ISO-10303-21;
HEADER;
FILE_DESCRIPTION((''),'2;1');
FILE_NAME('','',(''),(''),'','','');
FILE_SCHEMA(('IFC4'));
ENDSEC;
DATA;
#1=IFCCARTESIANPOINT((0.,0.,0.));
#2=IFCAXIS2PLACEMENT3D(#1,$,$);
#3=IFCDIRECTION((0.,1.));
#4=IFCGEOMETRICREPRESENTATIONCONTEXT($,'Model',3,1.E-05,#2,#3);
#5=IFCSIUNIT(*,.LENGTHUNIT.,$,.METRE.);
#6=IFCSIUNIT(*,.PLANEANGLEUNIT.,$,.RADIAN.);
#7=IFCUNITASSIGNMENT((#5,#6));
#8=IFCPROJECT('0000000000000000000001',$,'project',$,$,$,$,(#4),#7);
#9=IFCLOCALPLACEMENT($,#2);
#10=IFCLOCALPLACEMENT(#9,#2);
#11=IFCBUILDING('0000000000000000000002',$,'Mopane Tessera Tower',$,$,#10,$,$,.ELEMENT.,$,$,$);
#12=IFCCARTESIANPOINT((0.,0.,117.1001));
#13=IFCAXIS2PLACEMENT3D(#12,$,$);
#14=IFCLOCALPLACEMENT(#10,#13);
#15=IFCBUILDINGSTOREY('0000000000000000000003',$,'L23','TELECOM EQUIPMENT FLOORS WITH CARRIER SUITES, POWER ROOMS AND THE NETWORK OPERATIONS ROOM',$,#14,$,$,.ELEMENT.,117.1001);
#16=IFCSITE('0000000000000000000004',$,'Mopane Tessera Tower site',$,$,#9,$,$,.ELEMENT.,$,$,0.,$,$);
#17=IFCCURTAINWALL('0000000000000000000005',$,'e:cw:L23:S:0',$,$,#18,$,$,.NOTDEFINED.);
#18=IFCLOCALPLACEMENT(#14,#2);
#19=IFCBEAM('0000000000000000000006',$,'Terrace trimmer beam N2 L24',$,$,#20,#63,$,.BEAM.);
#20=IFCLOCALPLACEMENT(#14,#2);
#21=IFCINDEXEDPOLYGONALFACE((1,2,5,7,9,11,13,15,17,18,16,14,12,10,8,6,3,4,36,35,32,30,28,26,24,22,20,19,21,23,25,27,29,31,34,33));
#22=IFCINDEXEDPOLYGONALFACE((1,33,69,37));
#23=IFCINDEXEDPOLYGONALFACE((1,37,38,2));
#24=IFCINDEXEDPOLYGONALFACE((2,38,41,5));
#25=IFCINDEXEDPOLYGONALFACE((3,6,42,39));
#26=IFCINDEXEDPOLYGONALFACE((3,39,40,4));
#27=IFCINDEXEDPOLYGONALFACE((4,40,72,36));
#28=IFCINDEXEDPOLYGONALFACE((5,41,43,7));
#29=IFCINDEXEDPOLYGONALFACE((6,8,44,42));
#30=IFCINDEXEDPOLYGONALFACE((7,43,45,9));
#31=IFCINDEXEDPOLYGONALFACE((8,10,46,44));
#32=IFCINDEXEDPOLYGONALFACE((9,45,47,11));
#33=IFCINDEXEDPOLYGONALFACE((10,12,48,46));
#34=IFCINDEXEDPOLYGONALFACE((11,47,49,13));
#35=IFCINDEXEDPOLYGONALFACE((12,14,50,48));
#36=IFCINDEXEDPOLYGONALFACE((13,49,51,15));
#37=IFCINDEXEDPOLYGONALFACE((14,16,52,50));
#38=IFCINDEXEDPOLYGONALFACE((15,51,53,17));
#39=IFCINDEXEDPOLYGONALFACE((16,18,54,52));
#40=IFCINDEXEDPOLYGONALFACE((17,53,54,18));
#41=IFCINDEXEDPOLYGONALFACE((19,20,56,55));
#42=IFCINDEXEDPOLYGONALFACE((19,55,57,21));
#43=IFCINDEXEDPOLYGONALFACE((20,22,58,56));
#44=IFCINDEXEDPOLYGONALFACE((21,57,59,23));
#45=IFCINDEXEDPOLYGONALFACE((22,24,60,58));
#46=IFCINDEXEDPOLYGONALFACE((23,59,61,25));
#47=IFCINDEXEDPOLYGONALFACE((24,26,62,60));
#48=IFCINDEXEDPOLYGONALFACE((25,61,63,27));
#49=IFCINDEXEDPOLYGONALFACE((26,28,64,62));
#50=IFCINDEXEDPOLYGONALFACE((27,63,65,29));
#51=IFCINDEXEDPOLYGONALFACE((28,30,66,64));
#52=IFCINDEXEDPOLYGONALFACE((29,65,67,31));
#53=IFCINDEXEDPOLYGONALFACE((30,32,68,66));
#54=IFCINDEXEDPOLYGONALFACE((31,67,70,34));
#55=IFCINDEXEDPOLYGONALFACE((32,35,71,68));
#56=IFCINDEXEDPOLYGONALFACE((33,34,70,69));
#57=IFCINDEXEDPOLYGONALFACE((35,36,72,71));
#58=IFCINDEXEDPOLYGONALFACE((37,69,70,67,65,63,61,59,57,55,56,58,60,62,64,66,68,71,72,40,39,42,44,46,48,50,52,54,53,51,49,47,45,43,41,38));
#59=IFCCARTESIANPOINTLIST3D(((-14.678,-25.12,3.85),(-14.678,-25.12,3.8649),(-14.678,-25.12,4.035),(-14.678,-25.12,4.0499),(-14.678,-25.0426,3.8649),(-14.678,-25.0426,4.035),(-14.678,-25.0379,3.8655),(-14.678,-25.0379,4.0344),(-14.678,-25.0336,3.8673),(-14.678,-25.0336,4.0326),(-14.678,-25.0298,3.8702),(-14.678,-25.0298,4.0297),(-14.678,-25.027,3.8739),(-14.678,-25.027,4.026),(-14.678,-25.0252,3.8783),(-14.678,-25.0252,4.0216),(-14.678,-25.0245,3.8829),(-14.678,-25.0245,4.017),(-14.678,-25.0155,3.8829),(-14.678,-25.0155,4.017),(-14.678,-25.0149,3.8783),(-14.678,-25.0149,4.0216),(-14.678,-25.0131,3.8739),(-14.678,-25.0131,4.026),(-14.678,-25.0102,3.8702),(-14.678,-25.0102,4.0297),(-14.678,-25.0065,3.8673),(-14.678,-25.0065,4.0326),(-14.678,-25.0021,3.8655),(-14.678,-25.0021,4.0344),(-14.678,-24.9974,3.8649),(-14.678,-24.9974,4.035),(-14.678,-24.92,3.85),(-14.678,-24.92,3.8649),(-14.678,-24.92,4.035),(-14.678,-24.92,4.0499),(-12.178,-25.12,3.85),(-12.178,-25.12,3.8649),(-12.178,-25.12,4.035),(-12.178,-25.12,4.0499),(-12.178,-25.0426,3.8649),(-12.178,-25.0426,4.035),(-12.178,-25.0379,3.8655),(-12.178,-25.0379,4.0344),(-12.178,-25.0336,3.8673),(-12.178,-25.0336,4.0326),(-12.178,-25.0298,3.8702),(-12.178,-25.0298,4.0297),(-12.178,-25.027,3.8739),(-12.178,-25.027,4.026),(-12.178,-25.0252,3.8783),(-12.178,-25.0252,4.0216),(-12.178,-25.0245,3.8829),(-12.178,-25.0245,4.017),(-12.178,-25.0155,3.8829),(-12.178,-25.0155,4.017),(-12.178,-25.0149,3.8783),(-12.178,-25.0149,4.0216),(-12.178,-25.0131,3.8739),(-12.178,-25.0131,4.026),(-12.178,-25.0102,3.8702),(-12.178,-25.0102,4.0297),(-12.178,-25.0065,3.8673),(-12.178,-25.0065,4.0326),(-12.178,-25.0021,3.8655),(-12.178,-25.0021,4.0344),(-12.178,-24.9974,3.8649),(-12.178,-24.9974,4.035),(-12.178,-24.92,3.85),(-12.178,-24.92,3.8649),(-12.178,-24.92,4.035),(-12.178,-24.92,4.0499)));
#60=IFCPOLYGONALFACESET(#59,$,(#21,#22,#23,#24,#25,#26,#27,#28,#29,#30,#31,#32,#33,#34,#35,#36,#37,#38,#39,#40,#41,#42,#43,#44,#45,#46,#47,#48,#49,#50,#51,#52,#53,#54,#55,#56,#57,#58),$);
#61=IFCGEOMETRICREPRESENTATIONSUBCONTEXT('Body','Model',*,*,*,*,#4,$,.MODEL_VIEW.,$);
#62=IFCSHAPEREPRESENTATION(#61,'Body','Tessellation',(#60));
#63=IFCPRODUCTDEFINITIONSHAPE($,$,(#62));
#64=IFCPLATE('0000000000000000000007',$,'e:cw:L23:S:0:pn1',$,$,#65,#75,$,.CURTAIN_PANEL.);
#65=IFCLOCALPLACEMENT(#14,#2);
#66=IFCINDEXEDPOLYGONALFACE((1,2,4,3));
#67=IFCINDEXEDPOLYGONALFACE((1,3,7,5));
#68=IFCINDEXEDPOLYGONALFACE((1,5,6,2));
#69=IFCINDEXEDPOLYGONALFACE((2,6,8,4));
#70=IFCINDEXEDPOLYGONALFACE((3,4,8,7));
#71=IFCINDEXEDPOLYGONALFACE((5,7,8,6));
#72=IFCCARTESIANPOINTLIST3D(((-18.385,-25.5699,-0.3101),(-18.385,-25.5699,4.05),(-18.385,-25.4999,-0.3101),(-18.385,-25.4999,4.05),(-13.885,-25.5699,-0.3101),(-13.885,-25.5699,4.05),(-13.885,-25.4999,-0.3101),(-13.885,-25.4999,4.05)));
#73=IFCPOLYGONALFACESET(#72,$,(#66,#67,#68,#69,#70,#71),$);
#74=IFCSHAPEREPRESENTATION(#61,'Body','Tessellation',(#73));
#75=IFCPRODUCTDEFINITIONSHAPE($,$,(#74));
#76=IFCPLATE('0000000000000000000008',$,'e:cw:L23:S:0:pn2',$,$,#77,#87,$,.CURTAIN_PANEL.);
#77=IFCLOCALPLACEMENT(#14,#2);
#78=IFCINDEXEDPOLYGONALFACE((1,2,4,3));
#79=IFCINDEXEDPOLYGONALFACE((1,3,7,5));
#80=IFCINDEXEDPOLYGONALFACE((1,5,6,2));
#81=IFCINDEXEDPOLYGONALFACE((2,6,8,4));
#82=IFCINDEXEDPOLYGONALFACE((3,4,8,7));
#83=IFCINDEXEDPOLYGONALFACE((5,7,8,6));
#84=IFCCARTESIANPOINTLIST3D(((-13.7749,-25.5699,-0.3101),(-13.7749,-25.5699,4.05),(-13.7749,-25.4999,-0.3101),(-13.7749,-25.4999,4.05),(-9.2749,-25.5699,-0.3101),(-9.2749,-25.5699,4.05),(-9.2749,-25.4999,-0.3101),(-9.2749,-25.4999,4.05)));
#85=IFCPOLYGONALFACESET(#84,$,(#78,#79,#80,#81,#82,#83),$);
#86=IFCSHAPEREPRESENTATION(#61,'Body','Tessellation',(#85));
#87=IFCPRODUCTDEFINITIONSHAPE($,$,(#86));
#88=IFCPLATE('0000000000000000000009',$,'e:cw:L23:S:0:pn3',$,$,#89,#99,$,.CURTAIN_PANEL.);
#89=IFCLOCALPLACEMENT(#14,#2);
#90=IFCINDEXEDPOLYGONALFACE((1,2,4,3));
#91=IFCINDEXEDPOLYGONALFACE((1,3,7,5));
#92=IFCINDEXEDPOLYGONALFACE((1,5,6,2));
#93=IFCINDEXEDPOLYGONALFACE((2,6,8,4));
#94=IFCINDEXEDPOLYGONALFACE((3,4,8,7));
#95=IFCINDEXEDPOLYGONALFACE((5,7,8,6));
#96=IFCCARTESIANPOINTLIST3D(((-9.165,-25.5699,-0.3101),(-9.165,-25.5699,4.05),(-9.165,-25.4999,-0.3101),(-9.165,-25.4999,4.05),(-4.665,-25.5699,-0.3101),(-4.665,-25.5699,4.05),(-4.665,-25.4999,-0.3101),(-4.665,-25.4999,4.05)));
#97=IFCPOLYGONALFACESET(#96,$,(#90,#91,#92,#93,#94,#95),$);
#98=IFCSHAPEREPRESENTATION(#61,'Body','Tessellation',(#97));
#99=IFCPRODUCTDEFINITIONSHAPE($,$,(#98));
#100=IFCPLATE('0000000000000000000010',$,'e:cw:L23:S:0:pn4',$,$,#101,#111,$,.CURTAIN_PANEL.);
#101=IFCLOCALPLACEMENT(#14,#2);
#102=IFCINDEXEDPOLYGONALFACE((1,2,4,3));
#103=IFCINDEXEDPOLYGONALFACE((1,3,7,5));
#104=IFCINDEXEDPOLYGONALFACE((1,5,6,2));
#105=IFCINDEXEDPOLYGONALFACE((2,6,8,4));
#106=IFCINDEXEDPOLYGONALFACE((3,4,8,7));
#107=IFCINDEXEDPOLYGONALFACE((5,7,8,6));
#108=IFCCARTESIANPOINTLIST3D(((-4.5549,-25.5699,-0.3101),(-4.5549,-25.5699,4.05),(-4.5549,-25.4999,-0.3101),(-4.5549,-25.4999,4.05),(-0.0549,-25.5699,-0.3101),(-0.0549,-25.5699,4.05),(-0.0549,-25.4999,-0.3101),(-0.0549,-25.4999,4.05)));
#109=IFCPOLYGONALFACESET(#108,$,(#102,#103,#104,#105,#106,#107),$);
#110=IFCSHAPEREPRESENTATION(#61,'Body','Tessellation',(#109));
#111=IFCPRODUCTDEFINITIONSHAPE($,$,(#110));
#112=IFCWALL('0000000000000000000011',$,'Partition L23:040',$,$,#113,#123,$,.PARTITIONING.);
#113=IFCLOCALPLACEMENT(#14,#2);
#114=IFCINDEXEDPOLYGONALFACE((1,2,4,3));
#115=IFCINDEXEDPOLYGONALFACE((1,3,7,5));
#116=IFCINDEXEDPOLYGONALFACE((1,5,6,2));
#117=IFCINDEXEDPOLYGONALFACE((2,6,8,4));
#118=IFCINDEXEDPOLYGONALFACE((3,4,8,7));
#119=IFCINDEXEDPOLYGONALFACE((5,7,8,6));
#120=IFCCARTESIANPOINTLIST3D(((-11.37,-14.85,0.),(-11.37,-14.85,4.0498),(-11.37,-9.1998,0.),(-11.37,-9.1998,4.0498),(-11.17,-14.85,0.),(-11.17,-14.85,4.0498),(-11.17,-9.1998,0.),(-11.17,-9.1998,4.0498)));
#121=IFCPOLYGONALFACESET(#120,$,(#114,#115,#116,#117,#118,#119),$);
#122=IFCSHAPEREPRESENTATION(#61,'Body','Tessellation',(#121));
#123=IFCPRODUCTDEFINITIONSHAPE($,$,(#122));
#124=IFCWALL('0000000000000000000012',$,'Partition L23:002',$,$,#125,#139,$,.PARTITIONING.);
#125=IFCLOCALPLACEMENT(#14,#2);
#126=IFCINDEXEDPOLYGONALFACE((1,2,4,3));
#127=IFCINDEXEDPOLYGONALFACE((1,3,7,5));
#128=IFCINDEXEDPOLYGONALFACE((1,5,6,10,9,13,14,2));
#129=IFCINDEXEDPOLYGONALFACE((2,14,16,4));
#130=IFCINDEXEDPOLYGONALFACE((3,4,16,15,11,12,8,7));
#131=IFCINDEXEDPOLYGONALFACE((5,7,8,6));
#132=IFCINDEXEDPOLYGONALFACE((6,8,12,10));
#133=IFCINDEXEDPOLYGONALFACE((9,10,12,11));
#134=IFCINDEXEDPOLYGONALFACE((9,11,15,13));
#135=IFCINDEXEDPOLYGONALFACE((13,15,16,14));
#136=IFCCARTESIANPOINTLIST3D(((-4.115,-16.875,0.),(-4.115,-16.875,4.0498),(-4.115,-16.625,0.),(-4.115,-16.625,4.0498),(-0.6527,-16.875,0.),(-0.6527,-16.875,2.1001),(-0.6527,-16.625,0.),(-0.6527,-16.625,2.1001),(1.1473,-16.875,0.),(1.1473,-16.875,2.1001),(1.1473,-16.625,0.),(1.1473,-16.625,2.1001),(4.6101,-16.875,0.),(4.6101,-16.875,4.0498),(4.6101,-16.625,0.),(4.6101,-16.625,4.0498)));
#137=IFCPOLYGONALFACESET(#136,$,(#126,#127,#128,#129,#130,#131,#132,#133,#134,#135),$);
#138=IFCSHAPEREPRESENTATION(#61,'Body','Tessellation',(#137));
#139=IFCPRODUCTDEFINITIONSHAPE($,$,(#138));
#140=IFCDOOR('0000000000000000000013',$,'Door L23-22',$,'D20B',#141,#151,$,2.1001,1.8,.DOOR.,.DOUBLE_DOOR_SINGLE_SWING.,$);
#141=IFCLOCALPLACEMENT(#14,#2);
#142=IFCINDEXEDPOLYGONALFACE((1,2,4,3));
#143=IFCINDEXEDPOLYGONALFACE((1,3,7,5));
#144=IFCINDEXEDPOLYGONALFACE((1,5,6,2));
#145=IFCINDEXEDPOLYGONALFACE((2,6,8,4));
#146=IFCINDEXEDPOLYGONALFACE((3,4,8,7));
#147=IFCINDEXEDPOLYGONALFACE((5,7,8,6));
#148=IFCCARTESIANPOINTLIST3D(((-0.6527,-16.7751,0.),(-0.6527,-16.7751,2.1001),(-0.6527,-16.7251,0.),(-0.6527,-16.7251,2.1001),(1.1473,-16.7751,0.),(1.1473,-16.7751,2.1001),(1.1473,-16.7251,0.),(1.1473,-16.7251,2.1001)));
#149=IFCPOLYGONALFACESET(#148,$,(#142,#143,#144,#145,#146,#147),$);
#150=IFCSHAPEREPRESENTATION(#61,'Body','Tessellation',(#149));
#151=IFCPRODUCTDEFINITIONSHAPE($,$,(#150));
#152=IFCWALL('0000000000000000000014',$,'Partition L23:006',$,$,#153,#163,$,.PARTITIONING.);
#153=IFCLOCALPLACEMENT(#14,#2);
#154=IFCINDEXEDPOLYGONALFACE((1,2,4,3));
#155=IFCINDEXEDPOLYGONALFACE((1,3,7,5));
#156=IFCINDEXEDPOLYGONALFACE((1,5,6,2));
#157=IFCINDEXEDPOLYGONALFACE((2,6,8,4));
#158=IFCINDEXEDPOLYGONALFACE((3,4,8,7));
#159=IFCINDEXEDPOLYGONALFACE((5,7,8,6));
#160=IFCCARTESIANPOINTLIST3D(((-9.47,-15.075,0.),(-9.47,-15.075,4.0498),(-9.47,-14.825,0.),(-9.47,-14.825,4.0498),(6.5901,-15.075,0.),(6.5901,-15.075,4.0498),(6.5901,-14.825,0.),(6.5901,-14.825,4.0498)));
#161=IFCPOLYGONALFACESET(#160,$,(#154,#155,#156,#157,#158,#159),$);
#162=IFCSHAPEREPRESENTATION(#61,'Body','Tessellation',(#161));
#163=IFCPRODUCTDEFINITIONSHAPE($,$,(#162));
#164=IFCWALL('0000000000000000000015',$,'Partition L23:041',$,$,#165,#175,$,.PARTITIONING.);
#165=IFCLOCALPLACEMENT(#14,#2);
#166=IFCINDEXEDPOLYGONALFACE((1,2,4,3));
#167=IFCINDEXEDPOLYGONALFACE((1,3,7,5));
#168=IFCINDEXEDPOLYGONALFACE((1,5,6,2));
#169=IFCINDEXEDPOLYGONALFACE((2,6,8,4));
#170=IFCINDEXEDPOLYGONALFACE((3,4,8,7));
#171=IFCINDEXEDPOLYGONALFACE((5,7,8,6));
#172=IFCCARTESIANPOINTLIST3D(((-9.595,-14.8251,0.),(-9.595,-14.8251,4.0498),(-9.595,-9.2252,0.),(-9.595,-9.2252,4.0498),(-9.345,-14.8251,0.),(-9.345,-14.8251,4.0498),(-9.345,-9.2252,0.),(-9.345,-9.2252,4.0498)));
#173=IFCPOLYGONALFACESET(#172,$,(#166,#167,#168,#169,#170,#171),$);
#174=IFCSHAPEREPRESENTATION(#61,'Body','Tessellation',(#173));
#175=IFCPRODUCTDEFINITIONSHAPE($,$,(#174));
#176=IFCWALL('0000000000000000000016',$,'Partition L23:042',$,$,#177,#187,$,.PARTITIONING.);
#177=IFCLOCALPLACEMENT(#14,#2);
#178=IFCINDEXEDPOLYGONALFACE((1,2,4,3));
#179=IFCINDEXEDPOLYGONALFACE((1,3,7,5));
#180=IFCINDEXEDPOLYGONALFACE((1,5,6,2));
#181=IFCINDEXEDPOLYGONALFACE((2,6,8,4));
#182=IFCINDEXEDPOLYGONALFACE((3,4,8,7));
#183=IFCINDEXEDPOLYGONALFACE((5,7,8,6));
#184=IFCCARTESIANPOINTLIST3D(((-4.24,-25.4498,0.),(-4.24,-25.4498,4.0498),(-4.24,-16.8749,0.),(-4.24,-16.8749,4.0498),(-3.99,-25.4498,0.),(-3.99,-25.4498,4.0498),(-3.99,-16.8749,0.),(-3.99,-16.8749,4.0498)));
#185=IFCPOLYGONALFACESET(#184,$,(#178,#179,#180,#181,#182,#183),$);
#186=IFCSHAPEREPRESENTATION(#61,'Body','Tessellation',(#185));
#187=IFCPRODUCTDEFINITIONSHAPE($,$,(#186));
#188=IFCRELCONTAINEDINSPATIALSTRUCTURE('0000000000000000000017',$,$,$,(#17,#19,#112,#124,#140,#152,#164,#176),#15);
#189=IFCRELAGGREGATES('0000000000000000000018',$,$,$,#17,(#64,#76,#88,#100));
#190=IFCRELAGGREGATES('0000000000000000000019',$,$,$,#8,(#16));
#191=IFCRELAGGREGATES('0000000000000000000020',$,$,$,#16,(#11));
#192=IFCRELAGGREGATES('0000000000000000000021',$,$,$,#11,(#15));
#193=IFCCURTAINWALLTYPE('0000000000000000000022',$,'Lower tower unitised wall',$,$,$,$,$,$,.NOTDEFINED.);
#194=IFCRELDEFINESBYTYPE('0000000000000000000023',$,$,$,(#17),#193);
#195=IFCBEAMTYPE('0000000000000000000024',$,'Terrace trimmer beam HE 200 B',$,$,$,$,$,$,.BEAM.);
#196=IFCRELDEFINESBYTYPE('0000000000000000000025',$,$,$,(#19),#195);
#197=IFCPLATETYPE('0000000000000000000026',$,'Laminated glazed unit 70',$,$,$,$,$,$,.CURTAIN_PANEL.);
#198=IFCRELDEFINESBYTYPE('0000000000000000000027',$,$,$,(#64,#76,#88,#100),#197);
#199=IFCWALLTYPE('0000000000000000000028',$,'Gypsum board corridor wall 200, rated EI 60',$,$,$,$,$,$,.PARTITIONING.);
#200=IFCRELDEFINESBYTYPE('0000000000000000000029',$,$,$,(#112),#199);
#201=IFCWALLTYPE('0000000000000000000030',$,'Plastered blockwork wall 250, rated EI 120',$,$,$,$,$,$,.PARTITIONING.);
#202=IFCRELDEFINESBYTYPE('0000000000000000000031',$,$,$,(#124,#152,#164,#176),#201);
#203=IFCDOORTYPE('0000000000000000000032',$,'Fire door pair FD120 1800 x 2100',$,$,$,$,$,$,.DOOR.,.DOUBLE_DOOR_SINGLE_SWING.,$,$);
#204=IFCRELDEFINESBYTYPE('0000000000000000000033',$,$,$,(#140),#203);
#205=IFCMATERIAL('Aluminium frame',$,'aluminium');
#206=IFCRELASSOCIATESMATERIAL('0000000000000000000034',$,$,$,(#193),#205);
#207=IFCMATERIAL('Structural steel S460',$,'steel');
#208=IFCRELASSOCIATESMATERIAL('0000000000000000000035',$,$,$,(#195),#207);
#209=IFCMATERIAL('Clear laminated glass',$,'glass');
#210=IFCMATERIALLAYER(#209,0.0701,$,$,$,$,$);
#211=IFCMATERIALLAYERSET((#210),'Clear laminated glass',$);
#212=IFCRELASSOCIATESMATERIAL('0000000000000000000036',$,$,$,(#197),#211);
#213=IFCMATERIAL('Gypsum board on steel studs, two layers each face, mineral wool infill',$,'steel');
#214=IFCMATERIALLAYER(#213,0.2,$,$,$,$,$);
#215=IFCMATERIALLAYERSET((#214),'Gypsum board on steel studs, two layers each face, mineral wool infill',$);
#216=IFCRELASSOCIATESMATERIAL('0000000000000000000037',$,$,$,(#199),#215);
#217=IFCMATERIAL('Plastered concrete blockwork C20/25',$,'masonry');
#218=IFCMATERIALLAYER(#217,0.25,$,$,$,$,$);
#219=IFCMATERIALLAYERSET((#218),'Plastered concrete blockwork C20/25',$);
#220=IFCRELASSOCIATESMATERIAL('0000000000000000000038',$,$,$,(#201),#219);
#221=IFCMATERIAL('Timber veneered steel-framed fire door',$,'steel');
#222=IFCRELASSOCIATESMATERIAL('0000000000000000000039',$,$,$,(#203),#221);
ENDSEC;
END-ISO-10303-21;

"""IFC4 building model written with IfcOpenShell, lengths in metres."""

from ifc_helpers import new_model, si_unit, direction, frame, frame_2d, origin, origin_2d, place, context, subcontext, project, spatial, rectangle, i_section, extrude, material, layer, layer_set, material_profile, profile_set, type_object, element, fill, aggregate, save


model = new_model("IFC4")

# Units and contexts
model_context = context("Model", 3, precision=1e-05, world=origin(), true_north=direction((0.0, 1.0)))
body_context = subcontext(model_context, "Body", "Model", "MODEL_VIEW")
ifc_project = project(units=[si_unit("LENGTHUNIT", "METRE"), si_unit("PLANEANGLEUNIT", "RADIAN")], contexts=[model_context])

# Site, building, storey
site_placement = place(None, origin())
site = spatial("IfcSite", under=ifc_project, at=site_placement, Name="Mopane Tessera Tower site", CompositionType="ELEMENT", RefElevation=0.0)
building_placement = place(site_placement, origin())
building = spatial("IfcBuilding", under=site, at=building_placement, Name="Mopane Tessera Tower", CompositionType="ELEMENT")
storey_placement = place(building_placement, frame((0.0, 0.0, 117.1001)))
storey = spatial("IfcBuildingStorey", under=building, at=storey_placement, Name="L23", Description="TELECOM EQUIPMENT FLOORS WITH CARRIER SUITES, POWER ROOMS AND THE NETWORK OPERATIONS ROOM", CompositionType="ELEMENT", Elevation=117.1001)

# Curtain wall
ifc_material_1 = material(Name="Aluminium frame", Category="aluminium")
curtain_wall_type = type_object("IfcCurtainWallType", Name="Lower tower unitised wall", PredefinedType="NOTDEFINED", material=ifc_material_1)
curtain_wall_placement = place(storey_placement, origin())
curtain_wall = element("IfcCurtainWall", 1, at=curtain_wall_placement, inside=storey, type_object=curtain_wall_type, Name="e:cw:L23:S:0", PredefinedType="NOTDEFINED")

# Beam
ifc_material_2 = material(Name="Structural steel S460", Category="steel")
ifc_material_profile_1 = material_profile(ifc_material_2, i_section(OverallWidth=0.2, OverallDepth=0.2, WebThickness=0.009, FlangeThickness=0.0149, FilletRadius=0.0181, at=origin_2d()))
ifc_profile_set_1 = profile_set([ifc_material_profile_1], Name="Structural steel S460")
beam_type_1 = type_object("IfcBeamType", Name="Terrace trimmer beam HE 200 B", PredefinedType="BEAM", material=ifc_profile_set_1)
beam_1_placement = place(storey_placement, frame((-12.178, -25.02, 3.95), z_axis=(-1.0, 0.0, 0.0), x_axis=(0.0, -1.0, 0.0)))
element("IfcBeam", 2, at=beam_1_placement, inside=storey, type_object=beam_type_1, Name="Terrace trimmer beam N2 L24", PredefinedType="BEAM", context=body_context, shape_type="SweptSolid", body=[
    extrude(i_section(OverallWidth=0.2, OverallDepth=0.2, WebThickness=0.009, FlangeThickness=0.0149, FilletRadius=0.0181, at=origin_2d()), origin(), (0.0, 0.0, 1.0), 2.5),
])

# Plates
ifc_material_3 = material(Name="Clear laminated glass", Category="glass")
ifc_layer_1 = layer(ifc_material_3, 0.0701)
ifc_layer_set_1 = layer_set([ifc_layer_1], Name="Clear laminated glass")
plate_type = type_object("IfcPlateType", Name="Laminated glazed unit 70", PredefinedType="CURTAIN_PANEL", material=ifc_layer_set_1)
plate_1_placement = place(storey_placement, frame((-16.135, -25.5349, -0.3101), z_axis=(0.0, 0.0, 1.0), x_axis=(1.0, 0.0, 0.0)))
plate_1 = element("IfcPlate", 3, at=plate_1_placement, type_object=plate_type, Name="e:cw:L23:S:0:pn1", PredefinedType="CURTAIN_PANEL", context=body_context, shape_type="SweptSolid", body=[
    extrude(rectangle(XDim=4.5, YDim=0.0701, at=origin_2d()), origin(), (0.0, 0.0, 1.0), 4.3601),
])
plate_2_placement = place(storey_placement, frame((-11.5249, -25.5349, -0.3101), z_axis=(0.0, 0.0, 1.0), x_axis=(1.0, 0.0, 0.0)))
plate_2 = element("IfcPlate", 4, at=plate_2_placement, type_object=plate_type, Name="e:cw:L23:S:0:pn2", PredefinedType="CURTAIN_PANEL", context=body_context, shape_type="SweptSolid", body=[
    extrude(rectangle(XDim=4.5, YDim=0.0701, at=origin_2d()), origin(), (0.0, 0.0, 1.0), 4.3601),
])
plate_3_placement = place(storey_placement, frame((-6.915, -25.5349, -0.3101), z_axis=(0.0, 0.0, 1.0), x_axis=(1.0, 0.0, 0.0)))
plate_3 = element("IfcPlate", 5, at=plate_3_placement, type_object=plate_type, Name="e:cw:L23:S:0:pn3", PredefinedType="CURTAIN_PANEL", context=body_context, shape_type="SweptSolid", body=[
    extrude(rectangle(XDim=4.5, YDim=0.0701, at=origin_2d()), origin(), (0.0, 0.0, 1.0), 4.3601),
])
plate_4_placement = place(storey_placement, frame((-2.3049, -25.5349, -0.3101), z_axis=(0.0, 0.0, 1.0), x_axis=(1.0, 0.0, 0.0)))
plate_4 = element("IfcPlate", 6, at=plate_4_placement, type_object=plate_type, Name="e:cw:L23:S:0:pn4", PredefinedType="CURTAIN_PANEL", context=body_context, shape_type="SweptSolid", body=[
    extrude(rectangle(XDim=4.5, YDim=0.0701, at=origin_2d()), origin(), (0.0, 0.0, 1.0), 4.3601),
])
aggregate(curtain_wall, [plate_1, plate_2, plate_3, plate_4])

# Wall
ifc_material_4 = material(Name="Gypsum board on steel studs, two layers each face, mineral wool infill", Category="steel")
ifc_layer_2 = layer(ifc_material_4, 0.2)
ifc_layer_set_2 = layer_set([ifc_layer_2], Name="Gypsum board on steel studs, two layers each face, mineral wool infill")
wall_type_1 = type_object("IfcWallType", Name="Gypsum board corridor wall 200, rated EI 60", PredefinedType="PARTITIONING", material=ifc_layer_set_2)
wall_1_placement = place(storey_placement, frame((-11.27, -14.8501, 0.0), z_axis=(0.0, 0.0, 1.0), x_axis=(0.0, 1.0, 0.0)))
element("IfcWall", 7, at=wall_1_placement, inside=storey, type_object=wall_type_1, Name="Partition L23:040", PredefinedType="PARTITIONING", context=body_context, shape_type="SweptSolid", body=[
    extrude(rectangle(XDim=5.6501, YDim=0.2, at=frame_2d((2.8252, 0.0))), origin(), (0.0, 0.0, 1.0), 4.0498),
])

# Wall, opening, door
ifc_material_5 = material(Name="Plastered concrete blockwork C20/25", Category="masonry")
ifc_layer_3 = layer(ifc_material_5, 0.25)
ifc_layer_set_3 = layer_set([ifc_layer_3], Name="Plastered concrete blockwork C20/25")
wall_type_2 = type_object("IfcWallType", Name="Plastered blockwork wall 250, rated EI 120", PredefinedType="PARTITIONING", material=ifc_layer_set_3)
wall_2_placement = place(storey_placement, frame((-4.115, -16.75, 0.0), z_axis=(0.0, 0.0, 1.0), x_axis=(1.0, 0.0, 0.0)))
wall_2 = element("IfcWall", 8, at=wall_2_placement, inside=storey, type_object=wall_type_2, Name="Partition L23:002", PredefinedType="PARTITIONING", context=body_context, shape_type="SweptSolid", body=[
    extrude(rectangle(XDim=8.7251, YDim=0.25, at=frame_2d((4.3625, 0.0))), origin(), (0.0, 0.0, 1.0), 4.0498),
])
opening_placement = place(wall_2_placement, frame((3.4624, 0.0, 0.0)))
opening = element("IfcOpeningElement", 9, at=opening_placement, cuts=wall_2, PredefinedType="OPENING", context=body_context, shape_type="SweptSolid", body=[
    extrude(rectangle(XDim=1.8, YDim=2.1001, at=frame_2d((0.8999, 1.05))), frame((0.0, 0.137, 0.0), z_axis=(0.0, -1.0, 0.0), x_axis=(1.0, 0.0, 0.0)), (0.0, 0.0, 1.0), 0.2739),
])
ifc_material_6 = material(Name="Timber veneered steel-framed fire door", Category="steel")
door_type = type_object("IfcDoorType", Name="Fire door pair FD120 1800 x 2100", OperationType="DOUBLE_DOOR_SINGLE_SWING", PredefinedType="DOOR", material=ifc_material_6)
door_placement = place(opening_placement, origin())
door = element("IfcDoor", 10, at=door_placement, inside=storey, type_object=door_type, Name="Door L23-22", ObjectType="D20B", OperationType="DOUBLE_DOOR_SINGLE_SWING", OverallHeight=2.1001, OverallWidth=1.8, PredefinedType="DOOR", context=body_context, shape_type="SweptSolid", body=[
    extrude(rectangle(XDim=1.8, YDim=2.1001, at=frame_2d((0.8999, 1.05))), frame((0.0, 0.0249, 0.0), z_axis=(0.0, -1.0, 0.0), x_axis=(1.0, 0.0, 0.0)), (0.0, 0.0, 1.0), 0.05),
])
fill(opening, door)

# Walls
wall_3_placement = place(storey_placement, frame((-9.47, -14.95, 0.0), z_axis=(0.0, 0.0, 1.0), x_axis=(1.0, 0.0, 0.0)))
element("IfcWall", 11, at=wall_3_placement, inside=storey, type_object=wall_type_2, Name="Partition L23:006", PredefinedType="PARTITIONING", context=body_context, shape_type="SweptSolid", body=[
    extrude(rectangle(XDim=16.0601, YDim=0.25, at=frame_2d((8.03, 0.0))), origin(), (0.0, 0.0, 1.0), 4.0498),
])
wall_4_placement = place(storey_placement, frame((-9.47, -14.825, 0.0), z_axis=(0.0, 0.0, 1.0), x_axis=(0.0, 1.0, 0.0)))
element("IfcWall", 12, at=wall_4_placement, inside=storey, type_object=wall_type_2, Name="Partition L23:041", PredefinedType="PARTITIONING", context=body_context, shape_type="SweptSolid", body=[
    extrude(rectangle(XDim=5.5999, YDim=0.25, at=frame_2d((2.7998, 0.0))), origin(), (0.0, 0.0, 1.0), 4.0498),
])
wall_5_placement = place(storey_placement, frame((-4.115, -25.45, 0.0), z_axis=(0.0, 0.0, 1.0), x_axis=(0.0, 1.0, 0.0)))
element("IfcWall", 13, at=wall_5_placement, inside=storey, type_object=wall_type_2, Name="Partition L23:042", PredefinedType="PARTITIONING", context=body_context, shape_type="SweptSolid", body=[
    extrude(rectangle(XDim=8.575, YDim=0.25, at=frame_2d((4.2876, 0.0))), origin(), (0.0, 0.0, 1.0), 4.0498),
])

save(model, "model.ifc")
